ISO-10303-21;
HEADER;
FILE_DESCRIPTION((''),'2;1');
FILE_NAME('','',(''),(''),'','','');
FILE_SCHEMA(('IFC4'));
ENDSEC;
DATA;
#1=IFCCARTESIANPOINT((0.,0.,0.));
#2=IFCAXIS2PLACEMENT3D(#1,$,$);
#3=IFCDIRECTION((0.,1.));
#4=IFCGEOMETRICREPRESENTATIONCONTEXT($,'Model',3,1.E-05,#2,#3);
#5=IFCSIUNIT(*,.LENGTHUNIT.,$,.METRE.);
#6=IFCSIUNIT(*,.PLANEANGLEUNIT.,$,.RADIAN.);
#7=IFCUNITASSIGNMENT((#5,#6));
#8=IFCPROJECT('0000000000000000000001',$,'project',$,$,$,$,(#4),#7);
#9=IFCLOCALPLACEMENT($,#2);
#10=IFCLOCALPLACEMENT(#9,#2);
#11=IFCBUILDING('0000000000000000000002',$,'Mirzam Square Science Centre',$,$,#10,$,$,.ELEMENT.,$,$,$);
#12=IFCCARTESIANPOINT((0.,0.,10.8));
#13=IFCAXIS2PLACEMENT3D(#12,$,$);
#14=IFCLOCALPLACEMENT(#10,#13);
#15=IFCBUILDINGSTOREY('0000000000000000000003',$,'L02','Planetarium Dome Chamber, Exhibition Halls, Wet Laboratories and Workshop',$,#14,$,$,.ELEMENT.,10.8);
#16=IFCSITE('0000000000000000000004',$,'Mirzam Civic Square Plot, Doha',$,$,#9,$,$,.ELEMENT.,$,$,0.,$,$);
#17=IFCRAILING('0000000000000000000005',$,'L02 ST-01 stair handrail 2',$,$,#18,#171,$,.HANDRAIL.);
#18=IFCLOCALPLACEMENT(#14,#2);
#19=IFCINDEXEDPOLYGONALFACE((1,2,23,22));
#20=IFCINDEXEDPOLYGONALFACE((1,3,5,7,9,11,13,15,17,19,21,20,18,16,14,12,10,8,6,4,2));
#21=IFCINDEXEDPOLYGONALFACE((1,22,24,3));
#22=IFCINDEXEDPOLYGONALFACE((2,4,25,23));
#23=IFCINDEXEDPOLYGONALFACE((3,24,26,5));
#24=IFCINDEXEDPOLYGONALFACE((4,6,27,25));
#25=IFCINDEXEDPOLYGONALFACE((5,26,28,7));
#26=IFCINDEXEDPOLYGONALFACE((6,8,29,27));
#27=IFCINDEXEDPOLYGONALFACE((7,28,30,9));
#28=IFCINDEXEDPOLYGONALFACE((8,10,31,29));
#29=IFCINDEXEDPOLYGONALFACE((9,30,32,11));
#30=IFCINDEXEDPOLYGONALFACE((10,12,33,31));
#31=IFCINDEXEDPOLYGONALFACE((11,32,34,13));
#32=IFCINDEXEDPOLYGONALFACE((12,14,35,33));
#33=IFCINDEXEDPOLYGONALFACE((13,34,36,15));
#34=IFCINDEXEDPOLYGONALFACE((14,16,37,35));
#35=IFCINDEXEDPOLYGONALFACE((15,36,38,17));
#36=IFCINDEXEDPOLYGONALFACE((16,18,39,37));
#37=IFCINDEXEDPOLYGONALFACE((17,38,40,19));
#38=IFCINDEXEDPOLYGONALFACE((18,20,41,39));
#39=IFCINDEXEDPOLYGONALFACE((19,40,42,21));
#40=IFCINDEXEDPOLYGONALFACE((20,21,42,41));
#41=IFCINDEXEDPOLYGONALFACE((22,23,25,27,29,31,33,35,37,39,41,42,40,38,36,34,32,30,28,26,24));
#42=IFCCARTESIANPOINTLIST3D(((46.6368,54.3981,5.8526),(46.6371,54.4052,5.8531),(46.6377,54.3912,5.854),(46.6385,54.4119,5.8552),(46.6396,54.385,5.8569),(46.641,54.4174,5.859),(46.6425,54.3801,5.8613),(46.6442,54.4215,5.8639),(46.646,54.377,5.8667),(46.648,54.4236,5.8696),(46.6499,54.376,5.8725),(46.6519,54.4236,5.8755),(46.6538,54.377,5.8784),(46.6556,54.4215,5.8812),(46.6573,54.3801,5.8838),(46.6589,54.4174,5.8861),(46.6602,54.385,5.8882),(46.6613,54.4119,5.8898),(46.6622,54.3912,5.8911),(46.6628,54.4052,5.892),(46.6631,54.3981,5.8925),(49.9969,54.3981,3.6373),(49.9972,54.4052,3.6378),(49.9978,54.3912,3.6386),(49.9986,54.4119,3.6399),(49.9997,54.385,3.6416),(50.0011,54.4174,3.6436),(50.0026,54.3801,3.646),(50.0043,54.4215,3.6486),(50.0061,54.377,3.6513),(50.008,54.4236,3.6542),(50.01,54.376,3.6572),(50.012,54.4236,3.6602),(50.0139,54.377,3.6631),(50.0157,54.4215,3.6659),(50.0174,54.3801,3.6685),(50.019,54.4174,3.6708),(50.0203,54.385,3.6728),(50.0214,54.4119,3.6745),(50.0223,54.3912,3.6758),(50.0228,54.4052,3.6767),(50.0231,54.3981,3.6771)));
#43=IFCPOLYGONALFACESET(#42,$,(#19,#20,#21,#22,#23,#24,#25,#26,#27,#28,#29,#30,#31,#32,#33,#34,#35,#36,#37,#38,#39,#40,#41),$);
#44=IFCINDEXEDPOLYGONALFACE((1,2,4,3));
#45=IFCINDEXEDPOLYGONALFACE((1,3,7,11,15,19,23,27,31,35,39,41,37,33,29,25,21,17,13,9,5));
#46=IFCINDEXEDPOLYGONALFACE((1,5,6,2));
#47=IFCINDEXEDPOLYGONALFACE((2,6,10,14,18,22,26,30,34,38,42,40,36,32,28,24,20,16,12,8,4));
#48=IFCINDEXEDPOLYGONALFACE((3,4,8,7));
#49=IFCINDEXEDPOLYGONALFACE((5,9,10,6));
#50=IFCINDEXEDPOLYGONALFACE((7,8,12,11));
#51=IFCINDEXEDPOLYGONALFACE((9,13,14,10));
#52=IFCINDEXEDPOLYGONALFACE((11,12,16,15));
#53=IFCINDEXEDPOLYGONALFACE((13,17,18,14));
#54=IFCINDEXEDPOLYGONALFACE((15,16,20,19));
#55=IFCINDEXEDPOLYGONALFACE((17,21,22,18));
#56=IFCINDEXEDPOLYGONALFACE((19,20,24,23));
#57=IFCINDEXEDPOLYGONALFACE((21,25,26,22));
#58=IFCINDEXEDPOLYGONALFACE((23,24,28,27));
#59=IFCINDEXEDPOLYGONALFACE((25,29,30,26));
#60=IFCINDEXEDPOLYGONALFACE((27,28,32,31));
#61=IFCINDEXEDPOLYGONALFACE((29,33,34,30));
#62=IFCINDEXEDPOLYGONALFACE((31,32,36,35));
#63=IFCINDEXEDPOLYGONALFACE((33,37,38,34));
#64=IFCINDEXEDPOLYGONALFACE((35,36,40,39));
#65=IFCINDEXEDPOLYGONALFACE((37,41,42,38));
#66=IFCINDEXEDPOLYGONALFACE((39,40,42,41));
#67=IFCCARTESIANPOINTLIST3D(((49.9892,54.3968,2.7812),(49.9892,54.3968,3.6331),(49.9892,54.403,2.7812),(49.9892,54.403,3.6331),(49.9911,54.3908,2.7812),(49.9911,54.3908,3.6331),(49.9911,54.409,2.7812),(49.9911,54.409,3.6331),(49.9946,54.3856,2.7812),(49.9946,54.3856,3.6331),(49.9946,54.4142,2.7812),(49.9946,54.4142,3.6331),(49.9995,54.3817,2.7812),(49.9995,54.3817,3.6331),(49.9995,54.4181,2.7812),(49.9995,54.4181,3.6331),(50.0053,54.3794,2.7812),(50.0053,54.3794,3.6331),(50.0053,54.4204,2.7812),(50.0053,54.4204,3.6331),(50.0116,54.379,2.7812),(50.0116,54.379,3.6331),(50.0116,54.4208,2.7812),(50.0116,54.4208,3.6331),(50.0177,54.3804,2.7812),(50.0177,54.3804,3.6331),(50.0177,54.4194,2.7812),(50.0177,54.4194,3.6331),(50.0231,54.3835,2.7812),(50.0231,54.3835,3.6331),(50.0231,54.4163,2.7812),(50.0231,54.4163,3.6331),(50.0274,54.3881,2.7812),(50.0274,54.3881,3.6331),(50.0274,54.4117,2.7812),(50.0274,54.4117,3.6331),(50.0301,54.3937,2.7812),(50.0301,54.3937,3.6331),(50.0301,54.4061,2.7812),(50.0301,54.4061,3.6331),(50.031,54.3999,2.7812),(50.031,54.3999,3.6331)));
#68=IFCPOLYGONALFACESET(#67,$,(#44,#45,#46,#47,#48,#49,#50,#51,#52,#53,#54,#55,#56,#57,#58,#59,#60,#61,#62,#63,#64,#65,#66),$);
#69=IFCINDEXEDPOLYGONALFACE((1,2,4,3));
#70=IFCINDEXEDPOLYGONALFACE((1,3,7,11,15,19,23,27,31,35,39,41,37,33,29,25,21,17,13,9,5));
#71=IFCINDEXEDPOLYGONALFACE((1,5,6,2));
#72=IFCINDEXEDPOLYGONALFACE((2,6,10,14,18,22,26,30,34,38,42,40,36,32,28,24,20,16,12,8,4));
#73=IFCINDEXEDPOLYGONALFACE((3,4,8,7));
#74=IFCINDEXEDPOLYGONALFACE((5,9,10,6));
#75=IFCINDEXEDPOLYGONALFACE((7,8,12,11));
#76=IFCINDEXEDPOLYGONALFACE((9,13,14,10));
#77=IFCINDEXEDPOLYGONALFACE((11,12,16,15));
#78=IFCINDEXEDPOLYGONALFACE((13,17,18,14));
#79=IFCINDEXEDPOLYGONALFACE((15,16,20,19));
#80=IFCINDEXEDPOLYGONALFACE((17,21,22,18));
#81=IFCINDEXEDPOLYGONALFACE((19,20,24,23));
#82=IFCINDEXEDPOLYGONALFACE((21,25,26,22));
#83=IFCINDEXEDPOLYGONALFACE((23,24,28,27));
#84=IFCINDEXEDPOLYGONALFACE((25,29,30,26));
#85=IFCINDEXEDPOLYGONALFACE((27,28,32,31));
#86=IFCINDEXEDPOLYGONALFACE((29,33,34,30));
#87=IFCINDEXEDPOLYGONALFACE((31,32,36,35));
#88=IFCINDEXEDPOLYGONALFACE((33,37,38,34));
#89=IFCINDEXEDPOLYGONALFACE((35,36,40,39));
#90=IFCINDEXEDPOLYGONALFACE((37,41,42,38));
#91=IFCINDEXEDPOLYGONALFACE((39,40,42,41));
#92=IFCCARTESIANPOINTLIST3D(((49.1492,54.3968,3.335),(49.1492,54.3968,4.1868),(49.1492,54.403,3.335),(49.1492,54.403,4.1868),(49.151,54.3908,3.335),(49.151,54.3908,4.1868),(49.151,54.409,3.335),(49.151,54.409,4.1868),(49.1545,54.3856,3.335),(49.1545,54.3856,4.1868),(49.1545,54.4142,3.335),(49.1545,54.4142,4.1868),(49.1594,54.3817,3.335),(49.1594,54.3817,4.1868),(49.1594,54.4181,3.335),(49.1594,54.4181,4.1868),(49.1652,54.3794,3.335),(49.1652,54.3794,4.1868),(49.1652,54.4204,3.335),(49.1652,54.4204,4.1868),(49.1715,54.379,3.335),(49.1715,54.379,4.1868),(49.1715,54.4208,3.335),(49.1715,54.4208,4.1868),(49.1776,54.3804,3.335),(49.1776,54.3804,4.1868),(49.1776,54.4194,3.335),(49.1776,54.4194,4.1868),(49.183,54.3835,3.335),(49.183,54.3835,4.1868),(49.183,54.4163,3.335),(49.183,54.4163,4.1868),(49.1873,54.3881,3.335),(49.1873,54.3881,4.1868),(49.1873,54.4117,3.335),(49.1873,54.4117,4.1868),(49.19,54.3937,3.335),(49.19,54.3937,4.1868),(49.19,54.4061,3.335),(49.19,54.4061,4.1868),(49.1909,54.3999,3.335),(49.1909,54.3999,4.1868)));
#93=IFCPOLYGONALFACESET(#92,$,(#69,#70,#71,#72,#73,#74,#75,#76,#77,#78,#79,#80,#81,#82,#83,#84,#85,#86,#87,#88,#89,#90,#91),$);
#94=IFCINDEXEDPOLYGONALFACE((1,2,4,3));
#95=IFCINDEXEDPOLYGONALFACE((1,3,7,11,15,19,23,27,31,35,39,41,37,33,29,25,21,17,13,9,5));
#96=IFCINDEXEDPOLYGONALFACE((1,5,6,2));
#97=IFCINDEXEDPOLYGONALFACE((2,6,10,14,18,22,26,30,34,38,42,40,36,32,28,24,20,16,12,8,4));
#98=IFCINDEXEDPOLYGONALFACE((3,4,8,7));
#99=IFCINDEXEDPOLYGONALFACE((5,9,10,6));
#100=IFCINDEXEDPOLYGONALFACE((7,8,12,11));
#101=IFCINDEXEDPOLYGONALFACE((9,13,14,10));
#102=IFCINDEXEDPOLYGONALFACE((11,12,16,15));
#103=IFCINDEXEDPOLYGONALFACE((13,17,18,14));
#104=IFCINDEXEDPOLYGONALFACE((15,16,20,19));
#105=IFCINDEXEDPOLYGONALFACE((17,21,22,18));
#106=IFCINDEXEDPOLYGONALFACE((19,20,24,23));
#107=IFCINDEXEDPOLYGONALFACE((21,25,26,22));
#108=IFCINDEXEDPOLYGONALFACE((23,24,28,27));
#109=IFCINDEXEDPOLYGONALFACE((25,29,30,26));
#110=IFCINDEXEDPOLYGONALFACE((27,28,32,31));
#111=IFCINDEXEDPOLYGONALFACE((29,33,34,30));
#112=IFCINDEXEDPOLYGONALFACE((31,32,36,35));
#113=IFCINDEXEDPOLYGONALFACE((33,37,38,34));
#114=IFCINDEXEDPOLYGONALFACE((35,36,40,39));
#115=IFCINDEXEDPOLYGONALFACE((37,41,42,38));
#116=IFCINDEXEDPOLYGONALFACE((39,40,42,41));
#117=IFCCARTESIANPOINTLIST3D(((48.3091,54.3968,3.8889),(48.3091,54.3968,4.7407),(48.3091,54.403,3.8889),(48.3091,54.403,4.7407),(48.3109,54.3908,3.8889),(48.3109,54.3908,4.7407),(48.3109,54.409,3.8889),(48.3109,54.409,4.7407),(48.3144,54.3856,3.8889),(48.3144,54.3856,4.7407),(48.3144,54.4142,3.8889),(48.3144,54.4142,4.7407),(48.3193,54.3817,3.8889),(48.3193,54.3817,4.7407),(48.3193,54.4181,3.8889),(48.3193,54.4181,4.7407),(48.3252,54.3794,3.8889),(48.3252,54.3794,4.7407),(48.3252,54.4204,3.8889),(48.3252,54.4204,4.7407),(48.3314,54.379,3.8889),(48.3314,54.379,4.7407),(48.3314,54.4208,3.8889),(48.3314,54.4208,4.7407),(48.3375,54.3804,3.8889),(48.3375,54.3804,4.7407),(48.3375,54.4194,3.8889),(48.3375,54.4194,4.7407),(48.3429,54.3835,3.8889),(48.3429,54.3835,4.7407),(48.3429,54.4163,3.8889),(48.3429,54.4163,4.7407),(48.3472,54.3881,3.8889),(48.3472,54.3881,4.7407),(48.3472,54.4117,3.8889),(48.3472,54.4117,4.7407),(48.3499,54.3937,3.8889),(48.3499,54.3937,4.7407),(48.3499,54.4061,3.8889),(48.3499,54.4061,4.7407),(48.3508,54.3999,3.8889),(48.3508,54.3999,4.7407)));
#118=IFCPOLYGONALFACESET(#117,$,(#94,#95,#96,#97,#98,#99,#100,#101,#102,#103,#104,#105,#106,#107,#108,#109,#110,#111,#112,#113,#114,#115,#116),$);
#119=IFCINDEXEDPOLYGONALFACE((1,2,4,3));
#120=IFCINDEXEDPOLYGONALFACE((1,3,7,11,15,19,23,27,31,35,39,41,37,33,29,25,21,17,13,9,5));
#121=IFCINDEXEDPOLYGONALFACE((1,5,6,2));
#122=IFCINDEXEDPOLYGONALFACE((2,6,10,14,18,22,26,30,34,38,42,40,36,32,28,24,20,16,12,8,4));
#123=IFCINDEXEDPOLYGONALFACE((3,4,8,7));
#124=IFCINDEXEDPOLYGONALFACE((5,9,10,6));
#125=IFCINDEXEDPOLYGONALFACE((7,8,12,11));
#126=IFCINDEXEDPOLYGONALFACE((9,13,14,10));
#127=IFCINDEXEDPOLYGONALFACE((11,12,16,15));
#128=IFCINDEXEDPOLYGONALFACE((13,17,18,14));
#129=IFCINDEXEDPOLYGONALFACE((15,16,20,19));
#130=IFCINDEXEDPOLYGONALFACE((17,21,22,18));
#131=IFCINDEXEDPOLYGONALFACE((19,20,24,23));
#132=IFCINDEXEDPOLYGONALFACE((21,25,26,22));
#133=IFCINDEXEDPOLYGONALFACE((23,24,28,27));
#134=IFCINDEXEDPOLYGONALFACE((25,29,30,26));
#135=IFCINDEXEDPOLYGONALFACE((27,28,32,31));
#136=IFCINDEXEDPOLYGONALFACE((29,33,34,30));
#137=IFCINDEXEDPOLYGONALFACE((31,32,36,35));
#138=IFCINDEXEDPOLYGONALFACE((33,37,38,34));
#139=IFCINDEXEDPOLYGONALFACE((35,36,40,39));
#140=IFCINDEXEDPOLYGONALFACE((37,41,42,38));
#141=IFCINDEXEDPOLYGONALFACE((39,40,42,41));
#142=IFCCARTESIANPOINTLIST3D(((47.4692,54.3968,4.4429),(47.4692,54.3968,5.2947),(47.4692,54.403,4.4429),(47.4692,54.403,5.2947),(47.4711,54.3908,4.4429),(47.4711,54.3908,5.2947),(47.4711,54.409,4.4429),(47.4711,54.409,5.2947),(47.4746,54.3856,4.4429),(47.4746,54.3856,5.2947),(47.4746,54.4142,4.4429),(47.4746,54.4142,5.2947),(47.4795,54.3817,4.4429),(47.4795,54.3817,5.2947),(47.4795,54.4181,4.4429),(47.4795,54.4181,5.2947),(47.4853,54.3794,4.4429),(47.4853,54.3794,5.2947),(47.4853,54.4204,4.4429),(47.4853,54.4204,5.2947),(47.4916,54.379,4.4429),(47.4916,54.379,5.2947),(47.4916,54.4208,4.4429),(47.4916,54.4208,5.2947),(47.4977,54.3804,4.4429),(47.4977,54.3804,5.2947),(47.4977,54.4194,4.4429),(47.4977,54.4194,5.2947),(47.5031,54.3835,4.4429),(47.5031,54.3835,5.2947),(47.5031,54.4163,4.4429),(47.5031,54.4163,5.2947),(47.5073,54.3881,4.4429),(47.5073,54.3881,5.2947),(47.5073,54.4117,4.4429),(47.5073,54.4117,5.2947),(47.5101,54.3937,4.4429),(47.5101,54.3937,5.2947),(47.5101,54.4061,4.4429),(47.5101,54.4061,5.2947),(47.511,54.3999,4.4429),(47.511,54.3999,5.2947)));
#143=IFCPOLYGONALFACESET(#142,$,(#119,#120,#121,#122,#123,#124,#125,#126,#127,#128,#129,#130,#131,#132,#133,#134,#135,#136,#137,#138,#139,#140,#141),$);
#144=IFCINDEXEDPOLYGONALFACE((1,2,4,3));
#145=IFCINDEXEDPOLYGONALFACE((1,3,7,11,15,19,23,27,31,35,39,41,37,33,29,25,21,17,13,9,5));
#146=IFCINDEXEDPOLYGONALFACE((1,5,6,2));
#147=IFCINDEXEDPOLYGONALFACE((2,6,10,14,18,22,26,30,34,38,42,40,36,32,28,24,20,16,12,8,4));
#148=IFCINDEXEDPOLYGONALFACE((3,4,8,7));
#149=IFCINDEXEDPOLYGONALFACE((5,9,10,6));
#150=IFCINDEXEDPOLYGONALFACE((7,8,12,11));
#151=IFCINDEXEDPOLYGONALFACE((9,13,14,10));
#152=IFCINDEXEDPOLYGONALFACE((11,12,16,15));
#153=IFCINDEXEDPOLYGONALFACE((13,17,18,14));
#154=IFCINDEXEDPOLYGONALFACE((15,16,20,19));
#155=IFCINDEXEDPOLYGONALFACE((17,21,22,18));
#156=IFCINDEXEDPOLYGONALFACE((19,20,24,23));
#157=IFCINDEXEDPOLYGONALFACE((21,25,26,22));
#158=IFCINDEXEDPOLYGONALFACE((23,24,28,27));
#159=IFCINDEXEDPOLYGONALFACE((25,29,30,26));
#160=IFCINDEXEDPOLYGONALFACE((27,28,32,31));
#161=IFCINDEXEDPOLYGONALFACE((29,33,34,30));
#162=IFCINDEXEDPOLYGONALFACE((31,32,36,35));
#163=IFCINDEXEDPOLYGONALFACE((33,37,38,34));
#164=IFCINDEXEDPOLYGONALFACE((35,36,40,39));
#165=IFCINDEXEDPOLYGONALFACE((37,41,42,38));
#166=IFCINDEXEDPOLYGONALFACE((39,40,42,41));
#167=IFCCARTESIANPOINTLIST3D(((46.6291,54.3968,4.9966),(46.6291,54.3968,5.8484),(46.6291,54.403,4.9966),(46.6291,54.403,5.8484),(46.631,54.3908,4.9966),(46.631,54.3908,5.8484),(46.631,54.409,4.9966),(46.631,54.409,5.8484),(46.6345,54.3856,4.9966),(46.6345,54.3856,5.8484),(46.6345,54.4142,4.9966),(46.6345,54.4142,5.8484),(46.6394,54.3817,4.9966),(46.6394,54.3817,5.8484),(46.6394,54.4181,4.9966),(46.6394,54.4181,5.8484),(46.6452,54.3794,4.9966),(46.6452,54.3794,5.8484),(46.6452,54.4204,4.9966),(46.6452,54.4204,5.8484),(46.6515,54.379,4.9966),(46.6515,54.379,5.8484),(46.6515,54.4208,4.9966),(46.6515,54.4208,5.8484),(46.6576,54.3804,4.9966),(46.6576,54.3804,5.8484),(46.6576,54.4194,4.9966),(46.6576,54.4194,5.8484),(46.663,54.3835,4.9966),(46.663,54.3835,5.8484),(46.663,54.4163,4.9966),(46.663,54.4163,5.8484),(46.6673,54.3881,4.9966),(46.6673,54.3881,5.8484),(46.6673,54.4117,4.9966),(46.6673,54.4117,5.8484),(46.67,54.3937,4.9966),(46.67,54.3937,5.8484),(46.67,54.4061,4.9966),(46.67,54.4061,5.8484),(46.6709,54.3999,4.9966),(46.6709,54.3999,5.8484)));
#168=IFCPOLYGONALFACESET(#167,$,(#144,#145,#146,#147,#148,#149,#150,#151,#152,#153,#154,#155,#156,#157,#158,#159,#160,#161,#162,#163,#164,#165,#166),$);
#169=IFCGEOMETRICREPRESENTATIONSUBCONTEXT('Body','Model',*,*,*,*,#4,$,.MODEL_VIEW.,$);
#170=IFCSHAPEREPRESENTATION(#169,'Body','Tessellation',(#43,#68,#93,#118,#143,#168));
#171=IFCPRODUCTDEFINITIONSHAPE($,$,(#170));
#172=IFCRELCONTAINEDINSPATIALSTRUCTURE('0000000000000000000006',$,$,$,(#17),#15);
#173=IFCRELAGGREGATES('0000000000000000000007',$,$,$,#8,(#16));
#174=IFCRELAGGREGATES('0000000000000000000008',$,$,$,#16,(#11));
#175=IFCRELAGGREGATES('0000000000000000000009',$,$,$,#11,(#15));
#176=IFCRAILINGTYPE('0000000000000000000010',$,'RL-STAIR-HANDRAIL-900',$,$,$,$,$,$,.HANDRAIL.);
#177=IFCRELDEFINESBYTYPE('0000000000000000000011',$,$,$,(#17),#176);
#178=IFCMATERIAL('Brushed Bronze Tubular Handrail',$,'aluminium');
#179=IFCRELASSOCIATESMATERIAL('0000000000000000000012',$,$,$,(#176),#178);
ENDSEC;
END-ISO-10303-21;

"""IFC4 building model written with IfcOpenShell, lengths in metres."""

from ifc_helpers import new_model, si_unit, direction, frame, origin, origin_2d, place, context, subcontext, project, spatial, circle, extrude, material, type_object, element, save


model = new_model("IFC4")

# Units and contexts
model_context = context("Model", 3, precision=1e-05, world=origin(), true_north=direction((0.0, 1.0)))
body_context = subcontext(model_context, "Body", "Model", "MODEL_VIEW")
ifc_project = project(units=[si_unit("LENGTHUNIT", "METRE"), si_unit("PLANEANGLEUNIT", "RADIAN")], contexts=[model_context])

# Site, building, storey
site_placement = place(None, origin())
site = spatial("IfcSite", under=ifc_project, at=site_placement, Name="Mirzam Civic Square Plot, Doha", CompositionType="ELEMENT", RefElevation=0.0)
building_placement = place(site_placement, origin())
building = spatial("IfcBuilding", under=site, at=building_placement, Name="Mirzam Square Science Centre", CompositionType="ELEMENT")
storey_placement = place(building_placement, frame((0.0, 0.0, 10.8)))
storey = spatial("IfcBuildingStorey", under=building, at=storey_placement, Name="L02", Description="Planetarium Dome Chamber, Exhibition Halls, Wet Laboratories and Workshop", CompositionType="ELEMENT", Elevation=10.8)

# Railing
ifc_material_1 = material(Name="Brushed Bronze Tubular Handrail", Category="aluminium")
railing_type_1 = type_object("IfcRailingType", Name="RL-STAIR-HANDRAIL-900", PredefinedType="HANDRAIL", material=ifc_material_1)
railing_1_placement = place(storey_placement, frame((50.01, 54.3999, 2.7812)))
element("IfcRailing", 1, at=railing_1_placement, inside=storey, type_object=railing_type_1, Name="L02 ST-01 stair handrail 2", PredefinedType="HANDRAIL", context=body_context, shape_type="SweptSolid", body=[
    extrude(circle(Radius=0.0239, at=origin_2d()), frame((0.0, 0.0, 0.876), z_axis=(-0.834876, 0.0, 0.550437), x_axis=(0.0, -1.0, 0.0)), (0.0, 0.0, 1.0), 4.0247),
    extrude(circle(Radius=0.021, at=origin_2d()), origin(), (0.0, 0.0, 1.0), 0.8518),
    extrude(circle(Radius=0.021, at=origin_2d()), frame((-0.8401, 0.0, 0.5537)), (0.0, 0.0, 1.0), 0.8518),
    extrude(circle(Radius=0.021, at=origin_2d()), frame((-1.6802, 0.0, 1.1077)), (0.0, 0.0, 1.0), 0.8518),
    extrude(circle(Radius=0.021, at=origin_2d()), frame((-2.52, 0.0, 1.6616)), (0.0, 0.0, 1.0), 0.8518),
    extrude(circle(Radius=0.021, at=origin_2d()), frame((-3.3601, 0.0, 2.2153)), (0.0, 0.0, 1.0), 0.8518),
])

save(model, "model.ifc")
